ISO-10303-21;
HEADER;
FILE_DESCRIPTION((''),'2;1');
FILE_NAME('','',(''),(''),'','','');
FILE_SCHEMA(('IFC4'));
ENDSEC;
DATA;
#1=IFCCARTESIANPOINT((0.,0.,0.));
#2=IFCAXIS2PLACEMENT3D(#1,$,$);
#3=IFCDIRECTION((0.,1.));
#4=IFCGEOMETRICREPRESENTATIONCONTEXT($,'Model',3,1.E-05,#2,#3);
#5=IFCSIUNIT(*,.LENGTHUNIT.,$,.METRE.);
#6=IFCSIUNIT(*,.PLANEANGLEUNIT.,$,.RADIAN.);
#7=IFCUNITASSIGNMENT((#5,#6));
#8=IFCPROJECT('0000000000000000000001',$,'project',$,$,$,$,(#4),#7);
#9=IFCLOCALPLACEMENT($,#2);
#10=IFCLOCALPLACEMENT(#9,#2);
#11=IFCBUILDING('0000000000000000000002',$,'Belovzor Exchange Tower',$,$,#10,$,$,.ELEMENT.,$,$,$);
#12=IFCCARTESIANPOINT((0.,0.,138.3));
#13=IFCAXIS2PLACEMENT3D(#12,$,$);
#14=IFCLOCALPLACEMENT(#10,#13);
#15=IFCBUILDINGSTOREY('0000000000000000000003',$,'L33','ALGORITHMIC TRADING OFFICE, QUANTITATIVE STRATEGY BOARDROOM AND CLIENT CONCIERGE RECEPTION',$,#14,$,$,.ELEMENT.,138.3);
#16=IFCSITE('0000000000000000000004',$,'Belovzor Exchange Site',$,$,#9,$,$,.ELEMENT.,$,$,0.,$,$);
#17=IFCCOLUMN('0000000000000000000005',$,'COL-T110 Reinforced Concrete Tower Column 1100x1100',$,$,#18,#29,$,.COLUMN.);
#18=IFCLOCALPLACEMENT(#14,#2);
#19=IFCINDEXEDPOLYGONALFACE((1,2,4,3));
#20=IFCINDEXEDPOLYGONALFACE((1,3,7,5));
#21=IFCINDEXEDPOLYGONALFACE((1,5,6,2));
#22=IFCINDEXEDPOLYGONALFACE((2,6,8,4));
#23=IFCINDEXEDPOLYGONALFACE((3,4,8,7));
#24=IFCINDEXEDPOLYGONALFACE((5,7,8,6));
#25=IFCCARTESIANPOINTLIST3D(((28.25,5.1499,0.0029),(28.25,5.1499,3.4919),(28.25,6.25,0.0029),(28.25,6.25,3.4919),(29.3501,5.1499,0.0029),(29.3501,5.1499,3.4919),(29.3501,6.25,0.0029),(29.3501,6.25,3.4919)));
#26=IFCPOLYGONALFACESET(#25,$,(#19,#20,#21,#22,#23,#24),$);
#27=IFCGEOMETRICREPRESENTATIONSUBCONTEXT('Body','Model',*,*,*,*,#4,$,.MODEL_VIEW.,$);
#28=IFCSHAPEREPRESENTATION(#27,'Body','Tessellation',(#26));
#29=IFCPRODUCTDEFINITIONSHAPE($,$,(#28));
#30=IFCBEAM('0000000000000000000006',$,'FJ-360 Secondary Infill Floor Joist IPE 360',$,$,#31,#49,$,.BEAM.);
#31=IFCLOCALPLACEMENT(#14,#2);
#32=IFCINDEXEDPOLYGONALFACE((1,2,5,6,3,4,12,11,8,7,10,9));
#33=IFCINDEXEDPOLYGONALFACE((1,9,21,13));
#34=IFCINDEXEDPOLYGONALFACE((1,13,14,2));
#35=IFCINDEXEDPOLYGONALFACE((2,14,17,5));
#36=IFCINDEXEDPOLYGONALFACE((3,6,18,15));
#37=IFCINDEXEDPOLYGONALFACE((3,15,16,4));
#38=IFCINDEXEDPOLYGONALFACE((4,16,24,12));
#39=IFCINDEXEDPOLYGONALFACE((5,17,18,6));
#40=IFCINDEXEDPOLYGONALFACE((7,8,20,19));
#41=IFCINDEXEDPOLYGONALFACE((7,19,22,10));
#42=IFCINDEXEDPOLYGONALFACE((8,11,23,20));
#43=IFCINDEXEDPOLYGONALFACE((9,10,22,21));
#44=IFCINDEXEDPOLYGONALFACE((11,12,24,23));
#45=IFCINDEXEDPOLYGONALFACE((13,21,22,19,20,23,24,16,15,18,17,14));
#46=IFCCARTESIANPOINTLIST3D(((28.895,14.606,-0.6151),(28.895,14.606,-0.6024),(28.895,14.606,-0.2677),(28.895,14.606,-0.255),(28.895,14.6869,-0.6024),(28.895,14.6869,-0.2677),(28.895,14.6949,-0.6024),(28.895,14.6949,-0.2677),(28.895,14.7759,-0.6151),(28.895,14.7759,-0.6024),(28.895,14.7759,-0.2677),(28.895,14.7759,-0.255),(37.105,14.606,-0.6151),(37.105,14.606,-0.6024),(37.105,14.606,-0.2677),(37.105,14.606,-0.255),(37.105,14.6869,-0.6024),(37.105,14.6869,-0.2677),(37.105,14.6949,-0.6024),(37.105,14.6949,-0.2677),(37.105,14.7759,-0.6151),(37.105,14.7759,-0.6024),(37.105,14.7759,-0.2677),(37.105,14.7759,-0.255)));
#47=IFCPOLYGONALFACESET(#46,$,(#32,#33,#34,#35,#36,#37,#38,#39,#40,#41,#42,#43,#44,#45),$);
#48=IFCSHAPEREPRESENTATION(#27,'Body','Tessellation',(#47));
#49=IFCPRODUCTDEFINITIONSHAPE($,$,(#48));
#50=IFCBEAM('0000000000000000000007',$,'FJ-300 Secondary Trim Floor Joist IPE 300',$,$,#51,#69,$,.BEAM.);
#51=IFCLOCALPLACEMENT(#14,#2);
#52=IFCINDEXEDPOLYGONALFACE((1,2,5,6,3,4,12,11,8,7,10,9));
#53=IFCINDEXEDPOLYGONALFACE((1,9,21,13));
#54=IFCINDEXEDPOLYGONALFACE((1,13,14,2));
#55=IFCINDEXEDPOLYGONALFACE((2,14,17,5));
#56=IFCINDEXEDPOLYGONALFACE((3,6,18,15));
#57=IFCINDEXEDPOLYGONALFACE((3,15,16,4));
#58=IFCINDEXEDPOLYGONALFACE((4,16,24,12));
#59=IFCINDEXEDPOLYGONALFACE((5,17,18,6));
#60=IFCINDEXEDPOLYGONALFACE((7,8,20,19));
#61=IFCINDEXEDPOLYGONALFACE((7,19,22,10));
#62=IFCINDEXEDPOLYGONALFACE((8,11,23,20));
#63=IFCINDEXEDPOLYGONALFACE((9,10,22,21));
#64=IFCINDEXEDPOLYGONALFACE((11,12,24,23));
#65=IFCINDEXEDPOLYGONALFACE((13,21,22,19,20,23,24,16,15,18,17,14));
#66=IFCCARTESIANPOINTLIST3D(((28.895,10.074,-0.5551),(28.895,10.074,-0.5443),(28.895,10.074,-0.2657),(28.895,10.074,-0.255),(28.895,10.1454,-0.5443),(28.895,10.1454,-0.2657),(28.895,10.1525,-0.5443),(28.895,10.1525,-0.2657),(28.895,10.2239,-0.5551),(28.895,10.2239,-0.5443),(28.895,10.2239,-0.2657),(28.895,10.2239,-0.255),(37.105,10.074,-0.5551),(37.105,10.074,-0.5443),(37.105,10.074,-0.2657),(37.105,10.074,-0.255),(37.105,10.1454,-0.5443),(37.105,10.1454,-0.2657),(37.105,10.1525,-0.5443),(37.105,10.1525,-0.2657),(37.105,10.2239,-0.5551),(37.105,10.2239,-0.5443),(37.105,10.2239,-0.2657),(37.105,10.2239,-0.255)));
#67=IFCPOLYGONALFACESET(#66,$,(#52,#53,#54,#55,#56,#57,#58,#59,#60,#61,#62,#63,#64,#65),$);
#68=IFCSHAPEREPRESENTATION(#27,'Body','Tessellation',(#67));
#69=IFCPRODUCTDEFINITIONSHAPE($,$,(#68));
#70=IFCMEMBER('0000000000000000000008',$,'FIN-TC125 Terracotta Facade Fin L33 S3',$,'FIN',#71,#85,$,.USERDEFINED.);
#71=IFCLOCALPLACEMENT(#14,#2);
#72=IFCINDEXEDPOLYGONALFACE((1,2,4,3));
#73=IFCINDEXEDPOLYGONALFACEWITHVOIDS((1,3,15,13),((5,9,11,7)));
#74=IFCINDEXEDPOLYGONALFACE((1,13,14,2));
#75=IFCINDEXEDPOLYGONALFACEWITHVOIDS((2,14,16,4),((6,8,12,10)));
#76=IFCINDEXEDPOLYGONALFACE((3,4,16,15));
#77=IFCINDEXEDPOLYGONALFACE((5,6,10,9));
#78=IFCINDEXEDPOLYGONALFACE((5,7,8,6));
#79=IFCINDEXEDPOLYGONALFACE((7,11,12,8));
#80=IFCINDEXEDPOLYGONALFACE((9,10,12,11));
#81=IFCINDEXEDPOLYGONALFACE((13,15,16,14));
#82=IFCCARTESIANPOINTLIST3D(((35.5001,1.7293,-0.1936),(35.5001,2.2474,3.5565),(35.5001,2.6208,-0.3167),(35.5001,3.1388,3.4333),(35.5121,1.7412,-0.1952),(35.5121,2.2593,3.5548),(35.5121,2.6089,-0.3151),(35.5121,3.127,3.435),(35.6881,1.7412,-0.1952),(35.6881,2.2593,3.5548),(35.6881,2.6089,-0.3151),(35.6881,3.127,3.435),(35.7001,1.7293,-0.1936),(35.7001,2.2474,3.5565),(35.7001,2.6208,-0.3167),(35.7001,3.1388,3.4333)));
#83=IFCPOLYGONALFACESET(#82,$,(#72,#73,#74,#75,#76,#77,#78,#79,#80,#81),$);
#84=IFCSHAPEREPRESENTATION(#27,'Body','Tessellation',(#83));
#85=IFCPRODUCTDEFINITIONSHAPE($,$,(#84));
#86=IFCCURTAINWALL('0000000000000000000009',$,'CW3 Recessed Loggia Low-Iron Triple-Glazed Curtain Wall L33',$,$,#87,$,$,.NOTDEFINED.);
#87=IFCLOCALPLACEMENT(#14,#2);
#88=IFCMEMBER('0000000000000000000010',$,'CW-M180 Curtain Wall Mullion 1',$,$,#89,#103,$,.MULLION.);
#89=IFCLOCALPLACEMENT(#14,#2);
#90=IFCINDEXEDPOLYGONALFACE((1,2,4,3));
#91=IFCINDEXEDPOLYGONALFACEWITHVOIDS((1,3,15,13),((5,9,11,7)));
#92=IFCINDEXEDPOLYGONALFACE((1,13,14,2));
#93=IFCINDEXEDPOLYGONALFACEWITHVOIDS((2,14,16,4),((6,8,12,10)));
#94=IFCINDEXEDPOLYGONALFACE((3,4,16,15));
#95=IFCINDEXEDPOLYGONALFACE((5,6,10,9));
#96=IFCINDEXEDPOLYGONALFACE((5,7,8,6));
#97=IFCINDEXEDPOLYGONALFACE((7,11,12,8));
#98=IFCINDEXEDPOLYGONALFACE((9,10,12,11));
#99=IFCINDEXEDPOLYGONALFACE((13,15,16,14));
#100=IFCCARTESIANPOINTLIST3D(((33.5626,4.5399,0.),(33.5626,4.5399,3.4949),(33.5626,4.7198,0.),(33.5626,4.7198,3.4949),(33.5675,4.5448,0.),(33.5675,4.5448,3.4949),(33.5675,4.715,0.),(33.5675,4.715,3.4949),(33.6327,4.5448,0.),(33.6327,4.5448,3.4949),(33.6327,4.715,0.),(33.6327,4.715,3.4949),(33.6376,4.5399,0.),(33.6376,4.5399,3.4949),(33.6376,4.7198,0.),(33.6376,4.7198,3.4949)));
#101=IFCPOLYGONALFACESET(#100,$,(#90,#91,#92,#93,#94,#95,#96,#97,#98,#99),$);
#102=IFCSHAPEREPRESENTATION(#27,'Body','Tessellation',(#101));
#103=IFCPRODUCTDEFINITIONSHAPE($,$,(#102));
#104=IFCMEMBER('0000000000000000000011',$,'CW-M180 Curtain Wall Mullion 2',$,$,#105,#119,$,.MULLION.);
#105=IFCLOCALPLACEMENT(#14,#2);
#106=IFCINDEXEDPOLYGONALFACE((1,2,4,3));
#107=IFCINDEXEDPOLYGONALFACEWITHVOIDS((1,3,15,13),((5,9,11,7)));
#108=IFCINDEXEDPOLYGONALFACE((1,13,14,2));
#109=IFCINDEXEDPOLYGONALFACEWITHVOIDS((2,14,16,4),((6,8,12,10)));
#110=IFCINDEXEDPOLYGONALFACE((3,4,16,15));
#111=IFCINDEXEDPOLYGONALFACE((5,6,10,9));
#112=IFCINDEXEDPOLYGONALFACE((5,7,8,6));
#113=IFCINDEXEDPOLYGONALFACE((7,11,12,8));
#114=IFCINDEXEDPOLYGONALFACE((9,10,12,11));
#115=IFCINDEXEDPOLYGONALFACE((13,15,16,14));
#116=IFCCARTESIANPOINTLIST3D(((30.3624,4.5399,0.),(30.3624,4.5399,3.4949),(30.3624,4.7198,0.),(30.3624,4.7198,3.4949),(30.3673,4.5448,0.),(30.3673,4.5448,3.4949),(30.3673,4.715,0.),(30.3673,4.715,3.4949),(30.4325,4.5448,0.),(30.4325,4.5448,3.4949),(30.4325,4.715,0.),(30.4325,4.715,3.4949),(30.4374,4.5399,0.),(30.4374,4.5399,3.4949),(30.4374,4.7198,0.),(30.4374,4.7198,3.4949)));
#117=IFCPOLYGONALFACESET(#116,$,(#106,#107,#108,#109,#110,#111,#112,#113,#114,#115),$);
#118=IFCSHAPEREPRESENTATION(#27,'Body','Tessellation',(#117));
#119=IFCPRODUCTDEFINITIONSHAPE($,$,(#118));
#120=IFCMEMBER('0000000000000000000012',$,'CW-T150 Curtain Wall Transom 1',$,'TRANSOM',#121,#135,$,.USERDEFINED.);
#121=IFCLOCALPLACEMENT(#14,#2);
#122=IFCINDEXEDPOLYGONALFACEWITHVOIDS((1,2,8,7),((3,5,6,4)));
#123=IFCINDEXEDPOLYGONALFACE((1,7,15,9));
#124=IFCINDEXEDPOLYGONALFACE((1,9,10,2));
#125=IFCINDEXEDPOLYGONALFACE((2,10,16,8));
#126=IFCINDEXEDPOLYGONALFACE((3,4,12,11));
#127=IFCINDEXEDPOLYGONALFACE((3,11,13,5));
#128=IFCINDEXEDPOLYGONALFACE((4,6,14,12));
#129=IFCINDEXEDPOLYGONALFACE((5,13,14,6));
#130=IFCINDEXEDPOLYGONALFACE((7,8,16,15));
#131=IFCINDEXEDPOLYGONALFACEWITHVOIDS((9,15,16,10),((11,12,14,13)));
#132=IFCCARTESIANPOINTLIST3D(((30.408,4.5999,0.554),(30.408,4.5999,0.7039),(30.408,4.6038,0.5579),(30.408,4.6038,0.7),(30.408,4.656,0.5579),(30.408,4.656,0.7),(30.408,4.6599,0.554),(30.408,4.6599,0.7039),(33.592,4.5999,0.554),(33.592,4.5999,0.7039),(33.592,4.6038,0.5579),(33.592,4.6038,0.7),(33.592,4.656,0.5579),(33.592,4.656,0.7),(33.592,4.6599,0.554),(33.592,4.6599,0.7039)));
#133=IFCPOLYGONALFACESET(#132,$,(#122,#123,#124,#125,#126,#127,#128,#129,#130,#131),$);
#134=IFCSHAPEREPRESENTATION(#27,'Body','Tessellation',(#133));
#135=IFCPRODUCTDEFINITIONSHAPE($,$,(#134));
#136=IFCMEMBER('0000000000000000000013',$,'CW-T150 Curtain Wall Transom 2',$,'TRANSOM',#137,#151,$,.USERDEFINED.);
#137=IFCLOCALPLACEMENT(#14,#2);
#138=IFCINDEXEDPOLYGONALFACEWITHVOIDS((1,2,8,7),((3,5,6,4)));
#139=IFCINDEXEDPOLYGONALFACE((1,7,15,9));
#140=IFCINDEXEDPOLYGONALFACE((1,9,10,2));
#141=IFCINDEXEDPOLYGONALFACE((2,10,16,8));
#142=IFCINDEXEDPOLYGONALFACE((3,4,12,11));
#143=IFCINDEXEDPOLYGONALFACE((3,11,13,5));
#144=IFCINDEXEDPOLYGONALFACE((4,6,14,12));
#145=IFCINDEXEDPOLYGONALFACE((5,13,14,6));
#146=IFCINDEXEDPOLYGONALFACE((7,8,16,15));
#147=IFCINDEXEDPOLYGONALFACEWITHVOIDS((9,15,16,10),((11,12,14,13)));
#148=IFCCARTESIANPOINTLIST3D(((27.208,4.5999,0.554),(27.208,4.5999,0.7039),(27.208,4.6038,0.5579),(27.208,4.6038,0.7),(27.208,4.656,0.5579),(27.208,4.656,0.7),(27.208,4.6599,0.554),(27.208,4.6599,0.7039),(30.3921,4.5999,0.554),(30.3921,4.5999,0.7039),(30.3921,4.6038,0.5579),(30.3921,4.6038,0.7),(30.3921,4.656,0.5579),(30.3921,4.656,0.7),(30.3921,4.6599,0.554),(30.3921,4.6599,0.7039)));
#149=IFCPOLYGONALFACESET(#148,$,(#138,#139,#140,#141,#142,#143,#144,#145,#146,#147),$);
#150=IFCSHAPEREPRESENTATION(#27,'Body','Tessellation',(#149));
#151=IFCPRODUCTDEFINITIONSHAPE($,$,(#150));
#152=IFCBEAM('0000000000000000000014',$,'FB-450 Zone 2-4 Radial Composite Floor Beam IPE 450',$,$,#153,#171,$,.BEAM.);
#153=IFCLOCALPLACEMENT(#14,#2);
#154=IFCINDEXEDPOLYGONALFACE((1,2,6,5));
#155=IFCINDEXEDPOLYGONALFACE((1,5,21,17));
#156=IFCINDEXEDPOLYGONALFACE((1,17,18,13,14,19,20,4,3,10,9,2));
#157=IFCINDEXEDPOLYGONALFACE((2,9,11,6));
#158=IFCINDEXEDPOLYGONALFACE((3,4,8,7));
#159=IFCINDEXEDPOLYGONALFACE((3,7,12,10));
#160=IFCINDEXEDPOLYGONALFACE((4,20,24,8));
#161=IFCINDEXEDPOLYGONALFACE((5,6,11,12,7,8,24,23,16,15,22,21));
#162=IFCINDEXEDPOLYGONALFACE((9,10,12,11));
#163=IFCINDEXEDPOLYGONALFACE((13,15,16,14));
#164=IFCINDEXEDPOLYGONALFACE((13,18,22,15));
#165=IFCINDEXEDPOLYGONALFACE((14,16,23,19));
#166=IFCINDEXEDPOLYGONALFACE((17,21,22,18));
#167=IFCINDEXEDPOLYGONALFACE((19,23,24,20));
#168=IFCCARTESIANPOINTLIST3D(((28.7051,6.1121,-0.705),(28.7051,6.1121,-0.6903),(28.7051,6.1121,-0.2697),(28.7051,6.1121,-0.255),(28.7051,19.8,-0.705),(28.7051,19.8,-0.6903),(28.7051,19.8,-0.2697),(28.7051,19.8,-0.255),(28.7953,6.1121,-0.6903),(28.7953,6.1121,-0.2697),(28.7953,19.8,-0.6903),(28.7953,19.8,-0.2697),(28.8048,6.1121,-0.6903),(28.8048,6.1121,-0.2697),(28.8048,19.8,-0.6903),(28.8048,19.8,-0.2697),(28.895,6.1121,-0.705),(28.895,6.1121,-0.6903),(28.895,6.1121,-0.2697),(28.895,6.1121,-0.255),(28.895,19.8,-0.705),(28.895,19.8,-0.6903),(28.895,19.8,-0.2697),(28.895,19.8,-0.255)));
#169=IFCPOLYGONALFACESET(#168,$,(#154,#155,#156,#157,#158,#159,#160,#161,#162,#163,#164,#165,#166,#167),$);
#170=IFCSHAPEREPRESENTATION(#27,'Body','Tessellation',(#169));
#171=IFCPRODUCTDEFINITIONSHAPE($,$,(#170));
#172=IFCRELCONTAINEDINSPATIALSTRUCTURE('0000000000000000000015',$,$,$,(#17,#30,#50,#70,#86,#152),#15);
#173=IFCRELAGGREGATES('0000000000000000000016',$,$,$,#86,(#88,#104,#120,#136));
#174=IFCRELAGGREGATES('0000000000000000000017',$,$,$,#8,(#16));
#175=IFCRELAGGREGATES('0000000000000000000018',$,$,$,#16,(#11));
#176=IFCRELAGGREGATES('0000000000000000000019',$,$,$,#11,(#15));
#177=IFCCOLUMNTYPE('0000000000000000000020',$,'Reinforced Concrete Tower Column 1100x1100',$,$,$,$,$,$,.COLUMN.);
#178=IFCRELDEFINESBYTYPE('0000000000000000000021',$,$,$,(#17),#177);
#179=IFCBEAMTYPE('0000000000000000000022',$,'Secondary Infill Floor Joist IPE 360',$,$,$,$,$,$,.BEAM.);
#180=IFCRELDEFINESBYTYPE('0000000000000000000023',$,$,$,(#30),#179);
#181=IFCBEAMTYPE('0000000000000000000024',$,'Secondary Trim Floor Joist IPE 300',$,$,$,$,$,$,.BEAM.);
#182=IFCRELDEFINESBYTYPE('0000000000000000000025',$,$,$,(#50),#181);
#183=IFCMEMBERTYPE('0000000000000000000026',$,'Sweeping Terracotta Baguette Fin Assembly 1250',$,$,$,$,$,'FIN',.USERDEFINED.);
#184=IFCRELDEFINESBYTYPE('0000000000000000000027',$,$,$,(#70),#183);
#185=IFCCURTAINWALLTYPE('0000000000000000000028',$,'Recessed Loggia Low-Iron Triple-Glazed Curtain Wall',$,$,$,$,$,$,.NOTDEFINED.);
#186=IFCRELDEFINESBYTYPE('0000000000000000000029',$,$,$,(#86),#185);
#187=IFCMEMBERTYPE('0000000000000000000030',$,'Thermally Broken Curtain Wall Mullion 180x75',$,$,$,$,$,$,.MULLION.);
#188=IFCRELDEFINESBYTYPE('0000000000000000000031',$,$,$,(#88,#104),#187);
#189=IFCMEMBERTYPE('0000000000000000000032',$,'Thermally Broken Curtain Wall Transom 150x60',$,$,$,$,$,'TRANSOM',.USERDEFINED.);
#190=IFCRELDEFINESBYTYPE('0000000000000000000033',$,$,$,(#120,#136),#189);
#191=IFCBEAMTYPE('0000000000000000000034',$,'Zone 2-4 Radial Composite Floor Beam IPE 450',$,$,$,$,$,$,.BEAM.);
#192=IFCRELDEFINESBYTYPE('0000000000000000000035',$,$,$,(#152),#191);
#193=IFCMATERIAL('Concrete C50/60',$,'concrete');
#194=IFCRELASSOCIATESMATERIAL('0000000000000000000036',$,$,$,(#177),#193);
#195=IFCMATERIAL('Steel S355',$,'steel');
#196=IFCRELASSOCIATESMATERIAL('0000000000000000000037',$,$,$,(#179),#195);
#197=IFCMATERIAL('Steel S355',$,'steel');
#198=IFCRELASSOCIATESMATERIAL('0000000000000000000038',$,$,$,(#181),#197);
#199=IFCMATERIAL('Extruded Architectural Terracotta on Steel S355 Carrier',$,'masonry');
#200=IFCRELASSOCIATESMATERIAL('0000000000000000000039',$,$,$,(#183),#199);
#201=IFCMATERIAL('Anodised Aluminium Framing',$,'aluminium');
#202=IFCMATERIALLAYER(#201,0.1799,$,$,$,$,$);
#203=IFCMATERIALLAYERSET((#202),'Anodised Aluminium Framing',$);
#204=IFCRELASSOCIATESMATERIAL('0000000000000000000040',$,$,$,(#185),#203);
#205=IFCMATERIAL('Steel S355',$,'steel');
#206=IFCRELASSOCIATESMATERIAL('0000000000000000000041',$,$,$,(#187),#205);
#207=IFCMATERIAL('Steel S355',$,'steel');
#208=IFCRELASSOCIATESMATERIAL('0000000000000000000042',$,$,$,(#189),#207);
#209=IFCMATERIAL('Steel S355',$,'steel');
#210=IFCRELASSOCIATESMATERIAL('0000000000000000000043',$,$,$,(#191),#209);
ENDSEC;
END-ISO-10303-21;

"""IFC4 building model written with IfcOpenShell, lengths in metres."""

from ifc_helpers import new_model, si_unit, direction, frame, origin, origin_2d, place, context, subcontext, project, spatial, rectangle, hollow_rectangle, i_section, extrude, material, layer, layer_set, material_profile, profile_set, type_object, element, aggregate, save


model = new_model("IFC4")

# Units and contexts
model_context = context("Model", 3, precision=1e-05, world=origin(), true_north=direction((0.0, 1.0)))
body_context = subcontext(model_context, "Body", "Model", "MODEL_VIEW")
ifc_project = project(units=[si_unit("LENGTHUNIT", "METRE"), si_unit("PLANEANGLEUNIT", "RADIAN")], contexts=[model_context])

# Site, building, storey
site_placement = place(None, origin())
site = spatial("IfcSite", under=ifc_project, at=site_placement, Name="Belovzor Exchange Site", CompositionType="ELEMENT", RefElevation=0.0)
building_placement = place(site_placement, origin())
building = spatial("IfcBuilding", under=site, at=building_placement, Name="Belovzor Exchange Tower", CompositionType="ELEMENT")
storey_placement = place(building_placement, frame((0.0, 0.0, 138.3)))
storey = spatial("IfcBuildingStorey", under=building, at=storey_placement, Name="L33", Description="ALGORITHMIC TRADING OFFICE, QUANTITATIVE STRATEGY BOARDROOM AND CLIENT CONCIERGE RECEPTION", CompositionType="ELEMENT", Elevation=138.3)

# Column
ifc_material_1 = material(Name="Concrete C50/60", Category="concrete")
ifc_material_profile_1 = material_profile(ifc_material_1, rectangle(XDim=1.1001, YDim=1.1001, at=origin_2d()))
ifc_profile_set_1 = profile_set([ifc_material_profile_1], Name="Concrete C50/60")
column_type = type_object("IfcColumnType", Name="Reinforced Concrete Tower Column 1100x1100", PredefinedType="COLUMN", material=ifc_profile_set_1)
column_placement = place(storey_placement, frame((28.8, 5.7, 0.0029), z_axis=(0.0, 0.0, 1.0), x_axis=(1.0, 0.0, 0.0)))
element("IfcColumn", 1, at=column_placement, inside=storey, type_object=column_type, Name="COL-T110 Reinforced Concrete Tower Column 1100x1100", PredefinedType="COLUMN", context=body_context, shape_type="SweptSolid", body=[
    extrude(rectangle(XDim=1.1001, YDim=1.1001, at=origin_2d()), origin(), (0.0, 0.0, 1.0), 3.489),
])

# Beams
ifc_material_2 = material(Name="Steel S355", Category="steel")
ifc_material_profile_2 = material_profile(ifc_material_2, i_section(OverallWidth=0.1699, OverallDepth=0.3601, WebThickness=0.0081, FlangeThickness=0.0127, at=origin_2d()))
ifc_profile_set_2 = profile_set([ifc_material_profile_2], Name="Steel S355")
beam_type_1 = type_object("IfcBeamType", Name="Secondary Infill Floor Joist IPE 360", PredefinedType="BEAM", material=ifc_profile_set_2)
beam_1_placement = place(storey_placement, frame((28.895, 14.6909, -0.4351), z_axis=(1.0, 0.0, 0.0), x_axis=(0.0, 1.0, 0.0)))
element("IfcBeam", 2, at=beam_1_placement, inside=storey, type_object=beam_type_1, Name="FJ-360 Secondary Infill Floor Joist IPE 360", PredefinedType="BEAM", context=body_context, shape_type="SweptSolid", body=[
    extrude(i_section(OverallWidth=0.1699, OverallDepth=0.3601, WebThickness=0.0081, FlangeThickness=0.0127, at=origin_2d()), origin(), (0.0, 0.0, 1.0), 8.21),
])
ifc_material_3 = material(Name="Steel S355", Category="steel")
ifc_material_profile_3 = material_profile(ifc_material_3, i_section(OverallWidth=0.1499, OverallDepth=0.3, WebThickness=0.0071, FlangeThickness=0.0107, at=origin_2d()))
ifc_profile_set_3 = profile_set([ifc_material_profile_3], Name="Steel S355")
beam_type_2 = type_object("IfcBeamType", Name="Secondary Trim Floor Joist IPE 300", PredefinedType="BEAM", material=ifc_profile_set_3)
beam_2_placement = place(storey_placement, frame((28.895, 10.1489, -0.405), z_axis=(1.0, 0.0, 0.0), x_axis=(0.0, 1.0, 0.0)))
element("IfcBeam", 3, at=beam_2_placement, inside=storey, type_object=beam_type_2, Name="FJ-300 Secondary Trim Floor Joist IPE 300", PredefinedType="BEAM", context=body_context, shape_type="SweptSolid", body=[
    extrude(i_section(OverallWidth=0.1499, OverallDepth=0.3, WebThickness=0.0071, FlangeThickness=0.0107, at=origin_2d()), origin(), (0.0, 0.0, 1.0), 8.21),
])

# Member
ifc_material_4 = material(Name="Extruded Architectural Terracotta on Steel S355 Carrier", Category="masonry")
ifc_material_profile_4 = material_profile(ifc_material_4, hollow_rectangle(XDim=0.2, YDim=0.8999, WallThickness=0.012, at=origin_2d()))
ifc_profile_set_4 = profile_set([ifc_material_profile_4], Name="Extruded Architectural Terracotta on Steel S355 Carrier")
member_type_1 = type_object("IfcMemberType", Name="Sweeping Terracotta Baguette Fin Assembly 1250", ElementType="FIN", PredefinedType="USERDEFINED", material=ifc_profile_set_4)
member_1_placement = place(storey_placement, frame((35.6001, 2.175, -0.2551), z_axis=(0.0, 0.136851, 0.990592), x_axis=(-1.0, 0.0, 0.0)))
element("IfcMember", 4, at=member_1_placement, inside=storey, type_object=member_type_1, Name="FIN-TC125 Terracotta Facade Fin L33 S3", ObjectType="FIN", PredefinedType="USERDEFINED", context=body_context, shape_type="SweptSolid", body=[
    extrude(hollow_rectangle(XDim=0.2, YDim=0.8999, WallThickness=0.012, at=origin_2d()), origin(), (0.0, 0.0, 1.0), 3.7856),
])

# Curtain wall, members
ifc_material_5 = material(Name="Anodised Aluminium Framing", Category="aluminium")
ifc_layer_1 = layer(ifc_material_5, 0.1799)
ifc_layer_set_1 = layer_set([ifc_layer_1], Name="Anodised Aluminium Framing")
curtain_wall_type = type_object("IfcCurtainWallType", Name="Recessed Loggia Low-Iron Triple-Glazed Curtain Wall", PredefinedType="NOTDEFINED", material=ifc_layer_set_1)
curtain_wall_placement = place(storey_placement, origin())
curtain_wall = element("IfcCurtainWall", 5, at=curtain_wall_placement, inside=storey, type_object=curtain_wall_type, Name="CW3 Recessed Loggia Low-Iron Triple-Glazed Curtain Wall L33", PredefinedType="NOTDEFINED")
ifc_material_6 = material(Name="Steel S355", Category="steel")
ifc_material_profile_5 = material_profile(ifc_material_6, hollow_rectangle(XDim=0.075, YDim=0.1799, WallThickness=0.0049, at=origin_2d()))
ifc_profile_set_5 = profile_set([ifc_material_profile_5], Name="Steel S355")
member_type_2 = type_object("IfcMemberType", Name="Thermally Broken Curtain Wall Mullion 180x75", PredefinedType="MULLION", material=ifc_profile_set_5)
member_2_placement = place(storey_placement, frame((33.6001, 4.6299, 0.0), z_axis=(0.0, 0.0, 1.0), x_axis=(-1.0, 0.0, 0.0)))
member_2 = element("IfcMember", 6, at=member_2_placement, type_object=member_type_2, Name="CW-M180 Curtain Wall Mullion 1", PredefinedType="MULLION", context=body_context, shape_type="SweptSolid", body=[
    extrude(hollow_rectangle(XDim=0.075, YDim=0.1799, WallThickness=0.0049, at=origin_2d()), origin(), (0.0, 0.0, 1.0), 3.4949),
])
member_3_placement = place(storey_placement, frame((30.3999, 4.6299, 0.0), z_axis=(0.0, 0.0, 1.0), x_axis=(-1.0, 0.0, 0.0)))
member_3 = element("IfcMember", 7, at=member_3_placement, type_object=member_type_2, Name="CW-M180 Curtain Wall Mullion 2", PredefinedType="MULLION", context=body_context, shape_type="SweptSolid", body=[
    extrude(hollow_rectangle(XDim=0.075, YDim=0.1799, WallThickness=0.0049, at=origin_2d()), origin(), (0.0, 0.0, 1.0), 3.4949),
])
ifc_material_7 = material(Name="Steel S355", Category="steel")
ifc_material_profile_6 = material_profile(ifc_material_7, hollow_rectangle(XDim=0.0601, YDim=0.1499, WallThickness=0.0039, at=origin_2d()))
ifc_profile_set_6 = profile_set([ifc_material_profile_6], Name="Steel S355")
member_type_3 = type_object("IfcMemberType", Name="Thermally Broken Curtain Wall Transom 150x60", ElementType="TRANSOM", PredefinedType="USERDEFINED", material=ifc_profile_set_6)
member_4_placement = place(storey_placement, frame((33.592, 4.6299, 0.6289), z_axis=(-1.0, 0.0, 0.0), x_axis=(0.0, -1.0, 0.0)))
member_4 = element("IfcMember", 8, at=member_4_placement, type_object=member_type_3, Name="CW-T150 Curtain Wall Transom 1", ObjectType="TRANSOM", PredefinedType="USERDEFINED", context=body_context, shape_type="SweptSolid", body=[
    extrude(hollow_rectangle(XDim=0.0601, YDim=0.1499, WallThickness=0.0039, at=origin_2d()), origin(), (0.0, 0.0, 1.0), 3.1841),
])
member_5_placement = place(storey_placement, frame((30.3921, 4.6299, 0.6289), z_axis=(-1.0, 0.0, 0.0), x_axis=(0.0, -1.0, 0.0)))
member_5 = element("IfcMember", 9, at=member_5_placement, type_object=member_type_3, Name="CW-T150 Curtain Wall Transom 2", ObjectType="TRANSOM", PredefinedType="USERDEFINED", context=body_context, shape_type="SweptSolid", body=[
    extrude(hollow_rectangle(XDim=0.0601, YDim=0.1499, WallThickness=0.0039, at=origin_2d()), origin(), (0.0, 0.0, 1.0), 3.1841),
])

# Beam
ifc_material_8 = material(Name="Steel S355", Category="steel")
ifc_material_profile_7 = material_profile(ifc_material_8, i_section(OverallWidth=0.1899, OverallDepth=0.45, WebThickness=0.0095, FlangeThickness=0.0146, at=origin_2d()))
ifc_profile_set_7 = profile_set([ifc_material_profile_7], Name="Steel S355")
beam_type_3 = type_object("IfcBeamType", Name="Zone 2-4 Radial Composite Floor Beam IPE 450", PredefinedType="BEAM", material=ifc_profile_set_7)
beam_3_placement = place(storey_placement, frame((28.8, 19.8, -0.48), z_axis=(0.0, -1.0, 0.0), x_axis=(1.0, 0.0, 0.0)))
element("IfcBeam", 10, at=beam_3_placement, inside=storey, type_object=beam_type_3, Name="FB-450 Zone 2-4 Radial Composite Floor Beam IPE 450", PredefinedType="BEAM", context=body_context, shape_type="SweptSolid", body=[
    extrude(i_section(OverallWidth=0.1899, OverallDepth=0.45, WebThickness=0.0095, FlangeThickness=0.0146, at=origin_2d()), origin(), (0.0, 0.0, 1.0), 13.688),
])

aggregate(curtain_wall, [member_2, member_3, member_4, member_5])

save(model, "model.ifc")
